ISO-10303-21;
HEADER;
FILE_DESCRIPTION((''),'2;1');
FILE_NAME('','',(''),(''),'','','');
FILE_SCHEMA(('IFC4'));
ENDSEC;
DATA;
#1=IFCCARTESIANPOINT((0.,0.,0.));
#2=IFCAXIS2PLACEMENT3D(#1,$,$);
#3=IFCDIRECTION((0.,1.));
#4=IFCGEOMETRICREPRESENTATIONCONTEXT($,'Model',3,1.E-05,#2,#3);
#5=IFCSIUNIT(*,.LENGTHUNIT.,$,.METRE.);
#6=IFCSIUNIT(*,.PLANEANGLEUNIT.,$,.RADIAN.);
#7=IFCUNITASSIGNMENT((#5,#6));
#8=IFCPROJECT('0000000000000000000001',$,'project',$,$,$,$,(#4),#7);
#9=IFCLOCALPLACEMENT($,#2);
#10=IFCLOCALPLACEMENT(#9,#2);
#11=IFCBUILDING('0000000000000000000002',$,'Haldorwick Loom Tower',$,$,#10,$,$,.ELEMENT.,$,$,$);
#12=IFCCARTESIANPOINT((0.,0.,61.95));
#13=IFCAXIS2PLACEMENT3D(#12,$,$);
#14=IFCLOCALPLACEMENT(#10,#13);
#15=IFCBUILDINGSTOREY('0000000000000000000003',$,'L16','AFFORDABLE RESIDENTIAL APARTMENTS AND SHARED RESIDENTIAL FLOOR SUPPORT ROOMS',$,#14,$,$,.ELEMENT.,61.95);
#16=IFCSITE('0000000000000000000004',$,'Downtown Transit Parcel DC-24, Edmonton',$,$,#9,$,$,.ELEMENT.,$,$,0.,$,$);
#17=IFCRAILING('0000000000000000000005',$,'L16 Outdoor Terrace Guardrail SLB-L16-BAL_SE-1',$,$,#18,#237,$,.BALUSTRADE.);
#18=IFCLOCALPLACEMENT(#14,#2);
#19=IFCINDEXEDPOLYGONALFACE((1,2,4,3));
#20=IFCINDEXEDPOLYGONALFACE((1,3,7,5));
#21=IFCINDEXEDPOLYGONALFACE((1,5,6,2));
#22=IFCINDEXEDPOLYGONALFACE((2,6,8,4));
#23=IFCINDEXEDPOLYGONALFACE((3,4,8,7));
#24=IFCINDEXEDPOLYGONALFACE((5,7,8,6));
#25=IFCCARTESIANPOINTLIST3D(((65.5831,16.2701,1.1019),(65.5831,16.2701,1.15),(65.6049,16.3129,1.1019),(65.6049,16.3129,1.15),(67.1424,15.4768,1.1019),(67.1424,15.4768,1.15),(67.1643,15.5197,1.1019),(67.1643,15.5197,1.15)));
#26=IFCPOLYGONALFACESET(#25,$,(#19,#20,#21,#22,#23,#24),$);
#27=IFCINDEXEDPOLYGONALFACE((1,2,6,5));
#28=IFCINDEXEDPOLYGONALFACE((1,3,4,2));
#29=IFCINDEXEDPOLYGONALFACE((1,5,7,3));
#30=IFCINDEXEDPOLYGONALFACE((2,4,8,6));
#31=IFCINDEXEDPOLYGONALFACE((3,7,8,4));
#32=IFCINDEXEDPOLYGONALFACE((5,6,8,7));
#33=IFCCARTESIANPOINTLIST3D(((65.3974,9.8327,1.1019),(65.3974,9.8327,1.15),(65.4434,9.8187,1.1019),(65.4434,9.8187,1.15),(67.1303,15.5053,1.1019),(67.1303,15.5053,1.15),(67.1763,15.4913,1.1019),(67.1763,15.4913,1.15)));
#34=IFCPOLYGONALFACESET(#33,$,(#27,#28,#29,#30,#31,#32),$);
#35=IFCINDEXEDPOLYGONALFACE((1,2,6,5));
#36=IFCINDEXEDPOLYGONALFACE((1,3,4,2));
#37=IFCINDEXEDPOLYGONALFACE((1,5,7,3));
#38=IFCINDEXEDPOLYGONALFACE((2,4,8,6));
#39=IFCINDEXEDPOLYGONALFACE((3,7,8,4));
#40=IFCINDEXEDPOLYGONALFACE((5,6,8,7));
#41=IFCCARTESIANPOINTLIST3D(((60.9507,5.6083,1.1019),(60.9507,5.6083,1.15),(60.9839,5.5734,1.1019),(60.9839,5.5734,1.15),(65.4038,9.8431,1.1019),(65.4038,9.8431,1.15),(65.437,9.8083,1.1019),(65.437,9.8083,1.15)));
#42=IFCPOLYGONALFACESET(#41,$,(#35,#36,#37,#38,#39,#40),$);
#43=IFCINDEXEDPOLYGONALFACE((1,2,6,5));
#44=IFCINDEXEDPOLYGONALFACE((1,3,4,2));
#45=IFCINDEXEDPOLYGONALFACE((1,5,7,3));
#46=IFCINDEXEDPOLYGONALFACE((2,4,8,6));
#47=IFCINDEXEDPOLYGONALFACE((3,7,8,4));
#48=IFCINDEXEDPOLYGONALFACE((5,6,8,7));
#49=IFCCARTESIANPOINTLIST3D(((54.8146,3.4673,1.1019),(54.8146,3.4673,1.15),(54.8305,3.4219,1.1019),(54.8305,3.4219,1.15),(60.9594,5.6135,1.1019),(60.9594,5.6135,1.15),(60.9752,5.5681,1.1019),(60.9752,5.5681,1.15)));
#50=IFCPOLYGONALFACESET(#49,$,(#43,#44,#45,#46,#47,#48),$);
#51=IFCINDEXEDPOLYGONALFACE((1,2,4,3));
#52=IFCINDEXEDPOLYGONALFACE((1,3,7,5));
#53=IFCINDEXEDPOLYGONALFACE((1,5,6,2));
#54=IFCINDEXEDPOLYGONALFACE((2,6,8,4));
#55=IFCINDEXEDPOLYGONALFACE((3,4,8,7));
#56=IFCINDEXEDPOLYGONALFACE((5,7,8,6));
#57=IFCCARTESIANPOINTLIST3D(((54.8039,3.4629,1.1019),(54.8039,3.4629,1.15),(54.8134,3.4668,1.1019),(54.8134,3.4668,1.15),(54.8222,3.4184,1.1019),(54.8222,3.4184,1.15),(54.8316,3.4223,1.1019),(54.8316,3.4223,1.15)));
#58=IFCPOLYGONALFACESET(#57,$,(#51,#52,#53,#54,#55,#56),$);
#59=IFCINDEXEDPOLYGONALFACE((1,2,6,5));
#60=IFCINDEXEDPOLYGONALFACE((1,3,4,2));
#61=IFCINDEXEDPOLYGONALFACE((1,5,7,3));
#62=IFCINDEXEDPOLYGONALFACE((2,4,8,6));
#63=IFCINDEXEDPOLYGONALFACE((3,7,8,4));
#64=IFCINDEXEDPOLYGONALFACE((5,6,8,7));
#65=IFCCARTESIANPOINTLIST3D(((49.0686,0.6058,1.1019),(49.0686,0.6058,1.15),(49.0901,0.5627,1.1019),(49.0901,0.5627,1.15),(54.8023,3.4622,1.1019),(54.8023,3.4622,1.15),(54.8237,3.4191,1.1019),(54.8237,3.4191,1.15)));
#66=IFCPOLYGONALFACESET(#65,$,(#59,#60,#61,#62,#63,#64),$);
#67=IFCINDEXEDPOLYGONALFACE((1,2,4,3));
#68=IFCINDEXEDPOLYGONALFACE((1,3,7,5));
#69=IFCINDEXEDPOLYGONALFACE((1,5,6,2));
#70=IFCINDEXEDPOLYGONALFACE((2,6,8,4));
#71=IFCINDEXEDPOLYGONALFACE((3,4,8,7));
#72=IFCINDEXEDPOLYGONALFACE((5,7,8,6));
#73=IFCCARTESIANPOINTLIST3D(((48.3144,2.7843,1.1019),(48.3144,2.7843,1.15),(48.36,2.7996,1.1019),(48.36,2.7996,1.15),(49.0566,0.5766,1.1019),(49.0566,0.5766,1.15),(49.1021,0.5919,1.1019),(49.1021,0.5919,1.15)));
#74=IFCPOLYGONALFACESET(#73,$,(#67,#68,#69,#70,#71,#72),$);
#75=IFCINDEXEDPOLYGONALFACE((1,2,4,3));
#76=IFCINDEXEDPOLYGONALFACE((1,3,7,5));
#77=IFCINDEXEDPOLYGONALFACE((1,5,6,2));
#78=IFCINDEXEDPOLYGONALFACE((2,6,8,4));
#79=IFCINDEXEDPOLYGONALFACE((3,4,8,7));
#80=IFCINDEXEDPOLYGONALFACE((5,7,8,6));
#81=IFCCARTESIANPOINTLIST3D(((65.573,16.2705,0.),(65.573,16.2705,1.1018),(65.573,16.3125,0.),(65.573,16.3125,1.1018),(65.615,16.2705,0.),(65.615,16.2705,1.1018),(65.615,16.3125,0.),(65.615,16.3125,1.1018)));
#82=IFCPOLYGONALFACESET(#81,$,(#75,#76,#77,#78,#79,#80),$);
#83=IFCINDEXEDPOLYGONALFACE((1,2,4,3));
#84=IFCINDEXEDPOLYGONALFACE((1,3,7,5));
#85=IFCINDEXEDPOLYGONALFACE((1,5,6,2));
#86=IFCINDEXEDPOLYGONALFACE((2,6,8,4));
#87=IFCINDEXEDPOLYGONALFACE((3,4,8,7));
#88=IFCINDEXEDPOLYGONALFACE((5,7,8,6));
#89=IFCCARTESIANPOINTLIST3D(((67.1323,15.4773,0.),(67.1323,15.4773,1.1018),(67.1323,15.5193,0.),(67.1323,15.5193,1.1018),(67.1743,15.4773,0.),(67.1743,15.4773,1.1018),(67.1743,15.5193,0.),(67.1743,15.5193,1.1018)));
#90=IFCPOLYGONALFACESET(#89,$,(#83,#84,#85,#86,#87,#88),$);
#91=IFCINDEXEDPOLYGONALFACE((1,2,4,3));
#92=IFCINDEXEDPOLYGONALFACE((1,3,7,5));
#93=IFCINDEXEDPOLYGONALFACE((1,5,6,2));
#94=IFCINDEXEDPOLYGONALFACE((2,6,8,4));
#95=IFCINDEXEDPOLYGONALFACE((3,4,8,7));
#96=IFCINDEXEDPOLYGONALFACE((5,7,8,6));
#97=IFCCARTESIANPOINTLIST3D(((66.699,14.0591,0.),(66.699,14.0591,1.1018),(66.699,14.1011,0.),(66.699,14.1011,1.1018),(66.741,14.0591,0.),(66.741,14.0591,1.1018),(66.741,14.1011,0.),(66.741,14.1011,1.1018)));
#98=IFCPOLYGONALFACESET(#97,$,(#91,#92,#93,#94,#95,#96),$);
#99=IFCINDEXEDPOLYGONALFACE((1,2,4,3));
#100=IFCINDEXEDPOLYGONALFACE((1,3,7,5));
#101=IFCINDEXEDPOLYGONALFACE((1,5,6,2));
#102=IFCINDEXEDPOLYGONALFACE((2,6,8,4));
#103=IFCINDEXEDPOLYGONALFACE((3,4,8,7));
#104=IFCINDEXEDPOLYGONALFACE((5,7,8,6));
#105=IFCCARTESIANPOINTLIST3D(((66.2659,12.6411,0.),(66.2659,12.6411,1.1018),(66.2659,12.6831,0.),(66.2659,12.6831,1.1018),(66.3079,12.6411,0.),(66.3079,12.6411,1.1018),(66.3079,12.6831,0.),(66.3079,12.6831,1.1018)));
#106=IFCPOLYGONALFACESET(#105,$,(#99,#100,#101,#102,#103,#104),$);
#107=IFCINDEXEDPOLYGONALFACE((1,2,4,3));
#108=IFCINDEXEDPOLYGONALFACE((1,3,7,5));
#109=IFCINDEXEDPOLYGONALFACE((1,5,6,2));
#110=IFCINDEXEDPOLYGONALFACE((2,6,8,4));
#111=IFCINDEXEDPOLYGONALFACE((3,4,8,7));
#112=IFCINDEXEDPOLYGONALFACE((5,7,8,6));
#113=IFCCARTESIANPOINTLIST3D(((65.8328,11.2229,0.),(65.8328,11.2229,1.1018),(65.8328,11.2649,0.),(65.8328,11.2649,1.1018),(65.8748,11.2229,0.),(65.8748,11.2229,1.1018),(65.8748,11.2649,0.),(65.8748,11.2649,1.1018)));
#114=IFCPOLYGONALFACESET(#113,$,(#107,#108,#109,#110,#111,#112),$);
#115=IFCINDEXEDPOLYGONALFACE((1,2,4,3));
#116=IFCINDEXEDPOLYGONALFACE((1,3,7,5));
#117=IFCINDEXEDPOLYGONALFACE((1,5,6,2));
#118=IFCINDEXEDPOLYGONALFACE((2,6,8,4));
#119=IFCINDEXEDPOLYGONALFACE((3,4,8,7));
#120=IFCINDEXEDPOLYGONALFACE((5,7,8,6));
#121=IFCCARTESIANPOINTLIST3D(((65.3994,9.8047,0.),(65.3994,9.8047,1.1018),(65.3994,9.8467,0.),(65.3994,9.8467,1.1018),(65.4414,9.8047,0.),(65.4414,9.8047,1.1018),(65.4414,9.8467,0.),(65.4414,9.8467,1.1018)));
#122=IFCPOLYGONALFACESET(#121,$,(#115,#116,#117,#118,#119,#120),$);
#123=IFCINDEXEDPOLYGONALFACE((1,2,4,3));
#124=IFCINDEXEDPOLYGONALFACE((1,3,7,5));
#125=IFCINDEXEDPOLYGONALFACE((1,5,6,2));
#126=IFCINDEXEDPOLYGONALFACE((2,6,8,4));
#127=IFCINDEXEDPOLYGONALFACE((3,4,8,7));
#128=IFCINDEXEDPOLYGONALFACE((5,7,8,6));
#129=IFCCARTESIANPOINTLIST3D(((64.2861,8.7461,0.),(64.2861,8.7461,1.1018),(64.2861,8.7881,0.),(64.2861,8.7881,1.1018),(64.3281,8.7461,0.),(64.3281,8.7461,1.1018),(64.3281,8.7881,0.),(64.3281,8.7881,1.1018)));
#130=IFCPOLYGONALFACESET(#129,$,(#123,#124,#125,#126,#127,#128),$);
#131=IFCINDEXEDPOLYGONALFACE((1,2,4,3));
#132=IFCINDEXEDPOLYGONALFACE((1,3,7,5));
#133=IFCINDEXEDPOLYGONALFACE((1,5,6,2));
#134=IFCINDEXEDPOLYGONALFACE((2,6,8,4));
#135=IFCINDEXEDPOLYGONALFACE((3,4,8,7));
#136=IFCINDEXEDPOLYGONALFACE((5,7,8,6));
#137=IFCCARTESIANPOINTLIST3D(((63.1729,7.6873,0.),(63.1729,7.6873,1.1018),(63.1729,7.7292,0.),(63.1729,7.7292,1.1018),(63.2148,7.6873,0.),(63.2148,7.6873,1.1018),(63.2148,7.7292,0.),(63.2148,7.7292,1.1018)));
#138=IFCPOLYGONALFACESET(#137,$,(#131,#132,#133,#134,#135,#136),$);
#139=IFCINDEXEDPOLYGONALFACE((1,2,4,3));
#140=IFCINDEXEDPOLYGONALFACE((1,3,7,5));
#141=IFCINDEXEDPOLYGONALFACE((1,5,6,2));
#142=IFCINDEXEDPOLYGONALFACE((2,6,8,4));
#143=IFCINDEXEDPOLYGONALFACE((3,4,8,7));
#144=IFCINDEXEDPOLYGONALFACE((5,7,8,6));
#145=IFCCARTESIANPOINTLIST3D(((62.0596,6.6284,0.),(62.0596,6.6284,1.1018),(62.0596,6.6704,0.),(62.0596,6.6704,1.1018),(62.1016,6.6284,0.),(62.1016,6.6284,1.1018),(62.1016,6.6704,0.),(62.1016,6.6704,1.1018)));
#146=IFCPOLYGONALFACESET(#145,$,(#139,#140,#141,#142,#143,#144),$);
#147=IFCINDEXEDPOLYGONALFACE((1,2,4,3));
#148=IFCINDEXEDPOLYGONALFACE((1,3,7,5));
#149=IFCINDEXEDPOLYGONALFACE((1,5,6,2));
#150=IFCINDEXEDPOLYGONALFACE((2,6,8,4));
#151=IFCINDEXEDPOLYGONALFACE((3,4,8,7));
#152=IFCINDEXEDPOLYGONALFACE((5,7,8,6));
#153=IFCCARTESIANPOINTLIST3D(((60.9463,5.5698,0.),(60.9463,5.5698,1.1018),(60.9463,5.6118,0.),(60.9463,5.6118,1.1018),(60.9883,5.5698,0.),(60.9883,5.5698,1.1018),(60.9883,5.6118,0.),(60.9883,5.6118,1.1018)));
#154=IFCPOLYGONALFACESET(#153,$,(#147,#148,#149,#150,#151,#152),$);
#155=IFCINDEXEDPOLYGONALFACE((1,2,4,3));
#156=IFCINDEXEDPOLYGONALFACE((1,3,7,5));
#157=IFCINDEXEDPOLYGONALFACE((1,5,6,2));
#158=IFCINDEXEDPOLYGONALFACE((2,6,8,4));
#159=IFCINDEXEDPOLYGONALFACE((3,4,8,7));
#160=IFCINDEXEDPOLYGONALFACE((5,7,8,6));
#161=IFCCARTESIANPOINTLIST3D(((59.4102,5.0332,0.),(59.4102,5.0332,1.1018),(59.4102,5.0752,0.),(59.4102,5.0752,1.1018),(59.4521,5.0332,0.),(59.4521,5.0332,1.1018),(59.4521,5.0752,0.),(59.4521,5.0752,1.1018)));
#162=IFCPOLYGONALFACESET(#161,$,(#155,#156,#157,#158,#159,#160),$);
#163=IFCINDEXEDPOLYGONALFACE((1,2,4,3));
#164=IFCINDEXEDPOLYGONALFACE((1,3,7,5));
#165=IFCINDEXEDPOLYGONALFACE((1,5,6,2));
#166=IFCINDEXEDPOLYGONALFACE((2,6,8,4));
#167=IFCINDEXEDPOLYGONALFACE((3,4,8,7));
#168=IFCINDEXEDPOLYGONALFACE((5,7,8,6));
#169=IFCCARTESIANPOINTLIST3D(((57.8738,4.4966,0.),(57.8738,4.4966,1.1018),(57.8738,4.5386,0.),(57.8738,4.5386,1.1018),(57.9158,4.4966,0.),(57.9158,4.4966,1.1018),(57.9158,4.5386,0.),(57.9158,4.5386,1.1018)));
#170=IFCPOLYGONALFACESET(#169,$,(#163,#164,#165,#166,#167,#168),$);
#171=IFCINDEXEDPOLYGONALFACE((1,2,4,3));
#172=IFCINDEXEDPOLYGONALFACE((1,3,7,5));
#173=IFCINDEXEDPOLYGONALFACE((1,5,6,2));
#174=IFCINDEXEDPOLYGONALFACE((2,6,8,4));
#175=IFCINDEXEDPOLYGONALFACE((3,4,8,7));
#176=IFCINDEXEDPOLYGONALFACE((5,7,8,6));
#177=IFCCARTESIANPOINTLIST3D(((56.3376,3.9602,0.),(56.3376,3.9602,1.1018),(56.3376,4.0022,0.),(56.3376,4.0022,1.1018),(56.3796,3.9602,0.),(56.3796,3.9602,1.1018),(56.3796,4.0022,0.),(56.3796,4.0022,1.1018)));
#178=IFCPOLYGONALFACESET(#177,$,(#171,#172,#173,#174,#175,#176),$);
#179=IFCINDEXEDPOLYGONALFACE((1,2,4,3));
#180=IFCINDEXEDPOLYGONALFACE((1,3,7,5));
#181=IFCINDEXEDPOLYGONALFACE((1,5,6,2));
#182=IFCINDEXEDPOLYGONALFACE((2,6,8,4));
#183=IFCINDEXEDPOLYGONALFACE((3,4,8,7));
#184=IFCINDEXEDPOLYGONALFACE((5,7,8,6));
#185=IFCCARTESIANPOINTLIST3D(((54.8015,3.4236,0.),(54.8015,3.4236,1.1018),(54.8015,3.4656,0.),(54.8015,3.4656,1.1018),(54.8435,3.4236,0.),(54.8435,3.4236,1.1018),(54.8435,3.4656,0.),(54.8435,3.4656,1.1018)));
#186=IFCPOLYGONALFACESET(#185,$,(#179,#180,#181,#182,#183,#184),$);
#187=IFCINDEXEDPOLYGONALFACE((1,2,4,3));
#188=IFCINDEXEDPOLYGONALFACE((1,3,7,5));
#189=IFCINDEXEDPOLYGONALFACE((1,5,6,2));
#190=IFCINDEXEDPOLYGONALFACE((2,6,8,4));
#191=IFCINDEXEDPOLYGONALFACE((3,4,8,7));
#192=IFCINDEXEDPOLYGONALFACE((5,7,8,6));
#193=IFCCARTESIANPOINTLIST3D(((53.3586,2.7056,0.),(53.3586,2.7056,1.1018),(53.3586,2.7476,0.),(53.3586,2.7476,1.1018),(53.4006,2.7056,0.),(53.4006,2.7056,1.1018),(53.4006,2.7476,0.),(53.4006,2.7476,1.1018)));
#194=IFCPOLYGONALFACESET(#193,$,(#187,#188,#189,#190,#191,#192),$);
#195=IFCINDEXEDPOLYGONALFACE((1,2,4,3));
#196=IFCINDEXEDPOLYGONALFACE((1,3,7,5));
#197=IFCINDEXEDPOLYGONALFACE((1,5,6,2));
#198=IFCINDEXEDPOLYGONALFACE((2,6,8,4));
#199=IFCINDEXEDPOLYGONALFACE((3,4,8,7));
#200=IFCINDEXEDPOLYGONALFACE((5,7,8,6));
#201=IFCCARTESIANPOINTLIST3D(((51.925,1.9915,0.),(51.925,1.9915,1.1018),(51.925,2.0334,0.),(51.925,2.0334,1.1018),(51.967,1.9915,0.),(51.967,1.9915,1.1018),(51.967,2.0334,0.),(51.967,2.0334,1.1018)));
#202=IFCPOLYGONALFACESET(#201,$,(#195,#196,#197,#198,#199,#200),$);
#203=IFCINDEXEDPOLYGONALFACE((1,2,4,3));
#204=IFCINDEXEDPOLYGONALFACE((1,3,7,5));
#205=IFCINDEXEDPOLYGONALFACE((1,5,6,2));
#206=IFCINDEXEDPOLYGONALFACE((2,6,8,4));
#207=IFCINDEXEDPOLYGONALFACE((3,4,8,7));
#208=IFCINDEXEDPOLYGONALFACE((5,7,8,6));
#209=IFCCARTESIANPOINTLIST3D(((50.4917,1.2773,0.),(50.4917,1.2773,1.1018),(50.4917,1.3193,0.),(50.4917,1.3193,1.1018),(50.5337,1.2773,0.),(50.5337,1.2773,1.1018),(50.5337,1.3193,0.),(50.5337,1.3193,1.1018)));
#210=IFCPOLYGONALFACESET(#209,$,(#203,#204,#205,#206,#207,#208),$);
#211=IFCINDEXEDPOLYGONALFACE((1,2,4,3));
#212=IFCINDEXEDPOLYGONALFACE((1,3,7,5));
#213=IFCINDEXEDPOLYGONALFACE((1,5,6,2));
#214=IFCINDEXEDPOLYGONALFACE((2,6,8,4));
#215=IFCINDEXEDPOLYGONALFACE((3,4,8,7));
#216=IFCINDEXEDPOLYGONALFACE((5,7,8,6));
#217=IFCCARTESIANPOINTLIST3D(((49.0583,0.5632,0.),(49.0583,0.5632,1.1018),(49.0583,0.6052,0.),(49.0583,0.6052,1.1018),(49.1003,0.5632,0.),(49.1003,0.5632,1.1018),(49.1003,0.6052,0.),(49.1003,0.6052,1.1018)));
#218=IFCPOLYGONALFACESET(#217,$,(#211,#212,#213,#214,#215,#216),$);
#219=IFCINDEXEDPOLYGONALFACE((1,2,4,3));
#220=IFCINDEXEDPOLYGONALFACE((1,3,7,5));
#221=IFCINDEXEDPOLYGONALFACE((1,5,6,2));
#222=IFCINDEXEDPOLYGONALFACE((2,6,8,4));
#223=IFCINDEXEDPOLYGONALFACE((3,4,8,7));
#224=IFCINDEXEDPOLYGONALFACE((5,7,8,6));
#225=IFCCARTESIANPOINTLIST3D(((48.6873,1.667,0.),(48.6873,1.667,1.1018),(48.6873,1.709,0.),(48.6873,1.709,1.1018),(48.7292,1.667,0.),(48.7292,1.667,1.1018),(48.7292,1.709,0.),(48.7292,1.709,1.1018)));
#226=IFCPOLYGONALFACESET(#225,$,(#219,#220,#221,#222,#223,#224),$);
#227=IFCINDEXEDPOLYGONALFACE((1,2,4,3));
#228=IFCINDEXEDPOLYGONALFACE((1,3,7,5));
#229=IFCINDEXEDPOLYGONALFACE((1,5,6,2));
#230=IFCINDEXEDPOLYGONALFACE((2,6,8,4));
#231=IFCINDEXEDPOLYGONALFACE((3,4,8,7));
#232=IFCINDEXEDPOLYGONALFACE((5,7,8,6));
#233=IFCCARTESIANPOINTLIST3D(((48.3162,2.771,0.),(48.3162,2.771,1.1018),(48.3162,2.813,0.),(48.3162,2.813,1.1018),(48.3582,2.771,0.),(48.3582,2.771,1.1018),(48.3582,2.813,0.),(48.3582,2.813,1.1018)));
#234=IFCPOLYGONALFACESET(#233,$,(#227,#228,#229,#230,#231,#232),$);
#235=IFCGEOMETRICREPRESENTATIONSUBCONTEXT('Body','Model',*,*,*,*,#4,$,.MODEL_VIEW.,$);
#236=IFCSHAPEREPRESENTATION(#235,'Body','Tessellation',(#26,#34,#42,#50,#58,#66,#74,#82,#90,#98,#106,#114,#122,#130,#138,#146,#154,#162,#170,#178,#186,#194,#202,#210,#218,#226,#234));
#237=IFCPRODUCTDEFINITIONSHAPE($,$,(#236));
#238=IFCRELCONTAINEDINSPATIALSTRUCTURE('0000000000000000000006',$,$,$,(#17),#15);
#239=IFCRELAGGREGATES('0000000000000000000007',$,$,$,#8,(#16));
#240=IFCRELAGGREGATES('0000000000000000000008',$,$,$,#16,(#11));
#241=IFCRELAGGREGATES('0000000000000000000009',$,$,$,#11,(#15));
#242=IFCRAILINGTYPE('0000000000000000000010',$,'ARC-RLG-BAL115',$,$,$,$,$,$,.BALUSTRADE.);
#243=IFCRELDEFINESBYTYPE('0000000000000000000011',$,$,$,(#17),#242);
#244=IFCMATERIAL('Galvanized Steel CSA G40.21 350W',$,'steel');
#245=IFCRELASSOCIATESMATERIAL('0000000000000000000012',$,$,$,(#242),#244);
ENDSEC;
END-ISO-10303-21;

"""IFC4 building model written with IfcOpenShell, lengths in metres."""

from ifc_helpers import new_model, si_unit, direction, frame, origin, origin_2d, place, context, subcontext, project, spatial, rectangle, extrude, material, type_object, element, save


model = new_model("IFC4")

# Units and contexts
model_context = context("Model", 3, precision=1e-05, world=origin(), true_north=direction((0.0, 1.0)))
body_context = subcontext(model_context, "Body", "Model", "MODEL_VIEW")
ifc_project = project(units=[si_unit("LENGTHUNIT", "METRE"), si_unit("PLANEANGLEUNIT", "RADIAN")], contexts=[model_context])

# Site, building, storey
site_placement = place(None, origin())
site = spatial("IfcSite", under=ifc_project, at=site_placement, Name="Downtown Transit Parcel DC-24, Edmonton", CompositionType="ELEMENT", RefElevation=0.0)
building_placement = place(site_placement, origin())
building = spatial("IfcBuilding", under=site, at=building_placement, Name="Haldorwick Loom Tower", CompositionType="ELEMENT")
storey_placement = place(building_placement, frame((0.0, 0.0, 61.95)))
storey = spatial("IfcBuildingStorey", under=building, at=storey_placement, Name="L16", Description="AFFORDABLE RESIDENTIAL APARTMENTS AND SHARED RESIDENTIAL FLOOR SUPPORT ROOMS", CompositionType="ELEMENT", Elevation=61.95)

# Railing
ifc_material_1 = material(Name="Galvanized Steel CSA G40.21 350W", Category="steel")
railing_type = type_object("IfcRailingType", Name="ARC-RLG-BAL115", PredefinedType="BALUSTRADE", material=ifc_material_1)
railing_placement = place(storey_placement, frame((65.594, 16.2915, 0.0)))
element("IfcRailing", 1, at=railing_placement, inside=storey, type_object=railing_type, Name="L16 Outdoor Terrace Guardrail SLB-L16-BAL_SE-1", PredefinedType="BALUSTRADE", context=body_context, shape_type="SweptSolid", body=[
    extrude(rectangle(XDim=0.0481, YDim=0.0481, at=origin_2d()), frame((0.0, 0.0, 1.126), z_axis=(0.891308, -0.453399, 0.0), x_axis=(0.453399, 0.891308, 0.0)), (0.0, 0.0, 1.0), 1.7495),
    extrude(rectangle(XDim=0.0481, YDim=0.0481, at=origin_2d()), frame((1.5593, -0.7932, 1.126), z_axis=(-0.292159, -0.95637, 0.0), x_axis=(0.95637, -0.292159, 0.0)), (0.0, 0.0, 1.0), 5.9314),
    extrude(rectangle(XDim=0.0481, YDim=0.0481, at=origin_2d()), frame((-0.1736, -6.4658, 1.126), z_axis=(-0.724642, -0.689125, 0.0), x_axis=(0.689125, -0.724642, 0.0)), (0.0, 0.0, 1.0), 6.1453),
    extrude(rectangle(XDim=0.0481, YDim=0.0481, at=origin_2d()), frame((-4.6267, -10.7007, 1.126), z_axis=(-0.94407, -0.329744, 0.0), x_axis=(0.329744, -0.94407, 0.0)), (0.0, 0.0, 1.0), 6.5088),
    extrude(rectangle(XDim=0.0481, YDim=0.0481, at=origin_2d()), frame((-10.7715, -12.8469, 1.126), z_axis=(-0.925169, -0.379556, 0.0), x_axis=(0.379556, -0.925169, 0.0)), (0.0, 0.0, 1.0), 0.0103),
    extrude(rectangle(XDim=0.0481, YDim=0.0481, at=origin_2d()), frame((-10.781, -12.8508, 1.126), z_axis=(-0.895074, -0.445917, 0.0), x_axis=(0.445917, -0.895074, 0.0)), (0.0, 0.0, 1.0), 6.4058),
    extrude(rectangle(XDim=0.0481, YDim=0.0481, at=origin_2d()), frame((-16.5146, -15.7073, 1.126), z_axis=(-0.318648, 0.947873, 0.0), x_axis=(-0.947873, -0.318648, 0.0)), (0.0, 0.0, 1.0), 2.3291),
    extrude(rectangle(XDim=0.042, YDim=0.042, at=origin_2d()), origin(), (0.0, 0.0, 1.0), 1.1018),
    extrude(rectangle(XDim=0.042, YDim=0.042, at=origin_2d()), frame((1.5593, -0.7932, 0.0)), (0.0, 0.0, 1.0), 1.1018),
    extrude(rectangle(XDim=0.042, YDim=0.042, at=origin_2d()), frame((1.126, -2.2114, 0.0)), (0.0, 0.0, 1.0), 1.1018),
    extrude(rectangle(XDim=0.042, YDim=0.042, at=origin_2d()), frame((0.6929, -3.6294, 0.0)), (0.0, 0.0, 1.0), 1.1018),
    extrude(rectangle(XDim=0.042, YDim=0.042, at=origin_2d()), frame((0.2598, -5.0476, 0.0)), (0.0, 0.0, 1.0), 1.1018),
    extrude(rectangle(XDim=0.042, YDim=0.042, at=origin_2d()), frame((-0.1736, -6.4658, 0.0)), (0.0, 0.0, 1.0), 1.1018),
    extrude(rectangle(XDim=0.042, YDim=0.042, at=origin_2d()), frame((-1.2869, -7.5244, 0.0)), (0.0, 0.0, 1.0), 1.1018),
    extrude(rectangle(XDim=0.042, YDim=0.042, at=origin_2d()), frame((-2.4001, -8.5833, 0.0)), (0.0, 0.0, 1.0), 1.1018),
    extrude(rectangle(XDim=0.042, YDim=0.042, at=origin_2d()), frame((-3.5134, -9.6421, 0.0)), (0.0, 0.0, 1.0), 1.1018),
    extrude(rectangle(XDim=0.042, YDim=0.042, at=origin_2d()), frame((-4.6267, -10.7007, 0.0)), (0.0, 0.0, 1.0), 1.1018),
    extrude(rectangle(XDim=0.042, YDim=0.042, at=origin_2d()), frame((-6.1628, -11.2373, 0.0)), (0.0, 0.0, 1.0), 1.1018),
    extrude(rectangle(XDim=0.042, YDim=0.042, at=origin_2d()), frame((-7.6992, -11.7739, 0.0)), (0.0, 0.0, 1.0), 1.1018),
    extrude(rectangle(XDim=0.042, YDim=0.042, at=origin_2d()), frame((-9.2354, -12.3103, 0.0)), (0.0, 0.0, 1.0), 1.1018),
    extrude(rectangle(XDim=0.042, YDim=0.042, at=origin_2d()), frame((-10.7715, -12.8469, 0.0)), (0.0, 0.0, 1.0), 1.1018),
    extrude(rectangle(XDim=0.042, YDim=0.042, at=origin_2d()), frame((-12.2144, -13.5649, 0.0)), (0.0, 0.0, 1.0), 1.1018),
    extrude(rectangle(XDim=0.042, YDim=0.042, at=origin_2d()), frame((-13.6479, -14.2791, 0.0)), (0.0, 0.0, 1.0), 1.1018),
    extrude(rectangle(XDim=0.042, YDim=0.042, at=origin_2d()), frame((-15.0813, -14.9932, 0.0)), (0.0, 0.0, 1.0), 1.1018),
    extrude(rectangle(XDim=0.042, YDim=0.042, at=origin_2d()), frame((-16.5146, -15.7073, 0.0)), (0.0, 0.0, 1.0), 1.1018),
    extrude(rectangle(XDim=0.042, YDim=0.042, at=origin_2d()), frame((-16.8857, -14.6035, 0.0)), (0.0, 0.0, 1.0), 1.1018),
    extrude(rectangle(XDim=0.042, YDim=0.042, at=origin_2d()), frame((-17.2568, -13.4995, 0.0)), (0.0, 0.0, 1.0), 1.1018),
])

save(model, "model.ifc")
